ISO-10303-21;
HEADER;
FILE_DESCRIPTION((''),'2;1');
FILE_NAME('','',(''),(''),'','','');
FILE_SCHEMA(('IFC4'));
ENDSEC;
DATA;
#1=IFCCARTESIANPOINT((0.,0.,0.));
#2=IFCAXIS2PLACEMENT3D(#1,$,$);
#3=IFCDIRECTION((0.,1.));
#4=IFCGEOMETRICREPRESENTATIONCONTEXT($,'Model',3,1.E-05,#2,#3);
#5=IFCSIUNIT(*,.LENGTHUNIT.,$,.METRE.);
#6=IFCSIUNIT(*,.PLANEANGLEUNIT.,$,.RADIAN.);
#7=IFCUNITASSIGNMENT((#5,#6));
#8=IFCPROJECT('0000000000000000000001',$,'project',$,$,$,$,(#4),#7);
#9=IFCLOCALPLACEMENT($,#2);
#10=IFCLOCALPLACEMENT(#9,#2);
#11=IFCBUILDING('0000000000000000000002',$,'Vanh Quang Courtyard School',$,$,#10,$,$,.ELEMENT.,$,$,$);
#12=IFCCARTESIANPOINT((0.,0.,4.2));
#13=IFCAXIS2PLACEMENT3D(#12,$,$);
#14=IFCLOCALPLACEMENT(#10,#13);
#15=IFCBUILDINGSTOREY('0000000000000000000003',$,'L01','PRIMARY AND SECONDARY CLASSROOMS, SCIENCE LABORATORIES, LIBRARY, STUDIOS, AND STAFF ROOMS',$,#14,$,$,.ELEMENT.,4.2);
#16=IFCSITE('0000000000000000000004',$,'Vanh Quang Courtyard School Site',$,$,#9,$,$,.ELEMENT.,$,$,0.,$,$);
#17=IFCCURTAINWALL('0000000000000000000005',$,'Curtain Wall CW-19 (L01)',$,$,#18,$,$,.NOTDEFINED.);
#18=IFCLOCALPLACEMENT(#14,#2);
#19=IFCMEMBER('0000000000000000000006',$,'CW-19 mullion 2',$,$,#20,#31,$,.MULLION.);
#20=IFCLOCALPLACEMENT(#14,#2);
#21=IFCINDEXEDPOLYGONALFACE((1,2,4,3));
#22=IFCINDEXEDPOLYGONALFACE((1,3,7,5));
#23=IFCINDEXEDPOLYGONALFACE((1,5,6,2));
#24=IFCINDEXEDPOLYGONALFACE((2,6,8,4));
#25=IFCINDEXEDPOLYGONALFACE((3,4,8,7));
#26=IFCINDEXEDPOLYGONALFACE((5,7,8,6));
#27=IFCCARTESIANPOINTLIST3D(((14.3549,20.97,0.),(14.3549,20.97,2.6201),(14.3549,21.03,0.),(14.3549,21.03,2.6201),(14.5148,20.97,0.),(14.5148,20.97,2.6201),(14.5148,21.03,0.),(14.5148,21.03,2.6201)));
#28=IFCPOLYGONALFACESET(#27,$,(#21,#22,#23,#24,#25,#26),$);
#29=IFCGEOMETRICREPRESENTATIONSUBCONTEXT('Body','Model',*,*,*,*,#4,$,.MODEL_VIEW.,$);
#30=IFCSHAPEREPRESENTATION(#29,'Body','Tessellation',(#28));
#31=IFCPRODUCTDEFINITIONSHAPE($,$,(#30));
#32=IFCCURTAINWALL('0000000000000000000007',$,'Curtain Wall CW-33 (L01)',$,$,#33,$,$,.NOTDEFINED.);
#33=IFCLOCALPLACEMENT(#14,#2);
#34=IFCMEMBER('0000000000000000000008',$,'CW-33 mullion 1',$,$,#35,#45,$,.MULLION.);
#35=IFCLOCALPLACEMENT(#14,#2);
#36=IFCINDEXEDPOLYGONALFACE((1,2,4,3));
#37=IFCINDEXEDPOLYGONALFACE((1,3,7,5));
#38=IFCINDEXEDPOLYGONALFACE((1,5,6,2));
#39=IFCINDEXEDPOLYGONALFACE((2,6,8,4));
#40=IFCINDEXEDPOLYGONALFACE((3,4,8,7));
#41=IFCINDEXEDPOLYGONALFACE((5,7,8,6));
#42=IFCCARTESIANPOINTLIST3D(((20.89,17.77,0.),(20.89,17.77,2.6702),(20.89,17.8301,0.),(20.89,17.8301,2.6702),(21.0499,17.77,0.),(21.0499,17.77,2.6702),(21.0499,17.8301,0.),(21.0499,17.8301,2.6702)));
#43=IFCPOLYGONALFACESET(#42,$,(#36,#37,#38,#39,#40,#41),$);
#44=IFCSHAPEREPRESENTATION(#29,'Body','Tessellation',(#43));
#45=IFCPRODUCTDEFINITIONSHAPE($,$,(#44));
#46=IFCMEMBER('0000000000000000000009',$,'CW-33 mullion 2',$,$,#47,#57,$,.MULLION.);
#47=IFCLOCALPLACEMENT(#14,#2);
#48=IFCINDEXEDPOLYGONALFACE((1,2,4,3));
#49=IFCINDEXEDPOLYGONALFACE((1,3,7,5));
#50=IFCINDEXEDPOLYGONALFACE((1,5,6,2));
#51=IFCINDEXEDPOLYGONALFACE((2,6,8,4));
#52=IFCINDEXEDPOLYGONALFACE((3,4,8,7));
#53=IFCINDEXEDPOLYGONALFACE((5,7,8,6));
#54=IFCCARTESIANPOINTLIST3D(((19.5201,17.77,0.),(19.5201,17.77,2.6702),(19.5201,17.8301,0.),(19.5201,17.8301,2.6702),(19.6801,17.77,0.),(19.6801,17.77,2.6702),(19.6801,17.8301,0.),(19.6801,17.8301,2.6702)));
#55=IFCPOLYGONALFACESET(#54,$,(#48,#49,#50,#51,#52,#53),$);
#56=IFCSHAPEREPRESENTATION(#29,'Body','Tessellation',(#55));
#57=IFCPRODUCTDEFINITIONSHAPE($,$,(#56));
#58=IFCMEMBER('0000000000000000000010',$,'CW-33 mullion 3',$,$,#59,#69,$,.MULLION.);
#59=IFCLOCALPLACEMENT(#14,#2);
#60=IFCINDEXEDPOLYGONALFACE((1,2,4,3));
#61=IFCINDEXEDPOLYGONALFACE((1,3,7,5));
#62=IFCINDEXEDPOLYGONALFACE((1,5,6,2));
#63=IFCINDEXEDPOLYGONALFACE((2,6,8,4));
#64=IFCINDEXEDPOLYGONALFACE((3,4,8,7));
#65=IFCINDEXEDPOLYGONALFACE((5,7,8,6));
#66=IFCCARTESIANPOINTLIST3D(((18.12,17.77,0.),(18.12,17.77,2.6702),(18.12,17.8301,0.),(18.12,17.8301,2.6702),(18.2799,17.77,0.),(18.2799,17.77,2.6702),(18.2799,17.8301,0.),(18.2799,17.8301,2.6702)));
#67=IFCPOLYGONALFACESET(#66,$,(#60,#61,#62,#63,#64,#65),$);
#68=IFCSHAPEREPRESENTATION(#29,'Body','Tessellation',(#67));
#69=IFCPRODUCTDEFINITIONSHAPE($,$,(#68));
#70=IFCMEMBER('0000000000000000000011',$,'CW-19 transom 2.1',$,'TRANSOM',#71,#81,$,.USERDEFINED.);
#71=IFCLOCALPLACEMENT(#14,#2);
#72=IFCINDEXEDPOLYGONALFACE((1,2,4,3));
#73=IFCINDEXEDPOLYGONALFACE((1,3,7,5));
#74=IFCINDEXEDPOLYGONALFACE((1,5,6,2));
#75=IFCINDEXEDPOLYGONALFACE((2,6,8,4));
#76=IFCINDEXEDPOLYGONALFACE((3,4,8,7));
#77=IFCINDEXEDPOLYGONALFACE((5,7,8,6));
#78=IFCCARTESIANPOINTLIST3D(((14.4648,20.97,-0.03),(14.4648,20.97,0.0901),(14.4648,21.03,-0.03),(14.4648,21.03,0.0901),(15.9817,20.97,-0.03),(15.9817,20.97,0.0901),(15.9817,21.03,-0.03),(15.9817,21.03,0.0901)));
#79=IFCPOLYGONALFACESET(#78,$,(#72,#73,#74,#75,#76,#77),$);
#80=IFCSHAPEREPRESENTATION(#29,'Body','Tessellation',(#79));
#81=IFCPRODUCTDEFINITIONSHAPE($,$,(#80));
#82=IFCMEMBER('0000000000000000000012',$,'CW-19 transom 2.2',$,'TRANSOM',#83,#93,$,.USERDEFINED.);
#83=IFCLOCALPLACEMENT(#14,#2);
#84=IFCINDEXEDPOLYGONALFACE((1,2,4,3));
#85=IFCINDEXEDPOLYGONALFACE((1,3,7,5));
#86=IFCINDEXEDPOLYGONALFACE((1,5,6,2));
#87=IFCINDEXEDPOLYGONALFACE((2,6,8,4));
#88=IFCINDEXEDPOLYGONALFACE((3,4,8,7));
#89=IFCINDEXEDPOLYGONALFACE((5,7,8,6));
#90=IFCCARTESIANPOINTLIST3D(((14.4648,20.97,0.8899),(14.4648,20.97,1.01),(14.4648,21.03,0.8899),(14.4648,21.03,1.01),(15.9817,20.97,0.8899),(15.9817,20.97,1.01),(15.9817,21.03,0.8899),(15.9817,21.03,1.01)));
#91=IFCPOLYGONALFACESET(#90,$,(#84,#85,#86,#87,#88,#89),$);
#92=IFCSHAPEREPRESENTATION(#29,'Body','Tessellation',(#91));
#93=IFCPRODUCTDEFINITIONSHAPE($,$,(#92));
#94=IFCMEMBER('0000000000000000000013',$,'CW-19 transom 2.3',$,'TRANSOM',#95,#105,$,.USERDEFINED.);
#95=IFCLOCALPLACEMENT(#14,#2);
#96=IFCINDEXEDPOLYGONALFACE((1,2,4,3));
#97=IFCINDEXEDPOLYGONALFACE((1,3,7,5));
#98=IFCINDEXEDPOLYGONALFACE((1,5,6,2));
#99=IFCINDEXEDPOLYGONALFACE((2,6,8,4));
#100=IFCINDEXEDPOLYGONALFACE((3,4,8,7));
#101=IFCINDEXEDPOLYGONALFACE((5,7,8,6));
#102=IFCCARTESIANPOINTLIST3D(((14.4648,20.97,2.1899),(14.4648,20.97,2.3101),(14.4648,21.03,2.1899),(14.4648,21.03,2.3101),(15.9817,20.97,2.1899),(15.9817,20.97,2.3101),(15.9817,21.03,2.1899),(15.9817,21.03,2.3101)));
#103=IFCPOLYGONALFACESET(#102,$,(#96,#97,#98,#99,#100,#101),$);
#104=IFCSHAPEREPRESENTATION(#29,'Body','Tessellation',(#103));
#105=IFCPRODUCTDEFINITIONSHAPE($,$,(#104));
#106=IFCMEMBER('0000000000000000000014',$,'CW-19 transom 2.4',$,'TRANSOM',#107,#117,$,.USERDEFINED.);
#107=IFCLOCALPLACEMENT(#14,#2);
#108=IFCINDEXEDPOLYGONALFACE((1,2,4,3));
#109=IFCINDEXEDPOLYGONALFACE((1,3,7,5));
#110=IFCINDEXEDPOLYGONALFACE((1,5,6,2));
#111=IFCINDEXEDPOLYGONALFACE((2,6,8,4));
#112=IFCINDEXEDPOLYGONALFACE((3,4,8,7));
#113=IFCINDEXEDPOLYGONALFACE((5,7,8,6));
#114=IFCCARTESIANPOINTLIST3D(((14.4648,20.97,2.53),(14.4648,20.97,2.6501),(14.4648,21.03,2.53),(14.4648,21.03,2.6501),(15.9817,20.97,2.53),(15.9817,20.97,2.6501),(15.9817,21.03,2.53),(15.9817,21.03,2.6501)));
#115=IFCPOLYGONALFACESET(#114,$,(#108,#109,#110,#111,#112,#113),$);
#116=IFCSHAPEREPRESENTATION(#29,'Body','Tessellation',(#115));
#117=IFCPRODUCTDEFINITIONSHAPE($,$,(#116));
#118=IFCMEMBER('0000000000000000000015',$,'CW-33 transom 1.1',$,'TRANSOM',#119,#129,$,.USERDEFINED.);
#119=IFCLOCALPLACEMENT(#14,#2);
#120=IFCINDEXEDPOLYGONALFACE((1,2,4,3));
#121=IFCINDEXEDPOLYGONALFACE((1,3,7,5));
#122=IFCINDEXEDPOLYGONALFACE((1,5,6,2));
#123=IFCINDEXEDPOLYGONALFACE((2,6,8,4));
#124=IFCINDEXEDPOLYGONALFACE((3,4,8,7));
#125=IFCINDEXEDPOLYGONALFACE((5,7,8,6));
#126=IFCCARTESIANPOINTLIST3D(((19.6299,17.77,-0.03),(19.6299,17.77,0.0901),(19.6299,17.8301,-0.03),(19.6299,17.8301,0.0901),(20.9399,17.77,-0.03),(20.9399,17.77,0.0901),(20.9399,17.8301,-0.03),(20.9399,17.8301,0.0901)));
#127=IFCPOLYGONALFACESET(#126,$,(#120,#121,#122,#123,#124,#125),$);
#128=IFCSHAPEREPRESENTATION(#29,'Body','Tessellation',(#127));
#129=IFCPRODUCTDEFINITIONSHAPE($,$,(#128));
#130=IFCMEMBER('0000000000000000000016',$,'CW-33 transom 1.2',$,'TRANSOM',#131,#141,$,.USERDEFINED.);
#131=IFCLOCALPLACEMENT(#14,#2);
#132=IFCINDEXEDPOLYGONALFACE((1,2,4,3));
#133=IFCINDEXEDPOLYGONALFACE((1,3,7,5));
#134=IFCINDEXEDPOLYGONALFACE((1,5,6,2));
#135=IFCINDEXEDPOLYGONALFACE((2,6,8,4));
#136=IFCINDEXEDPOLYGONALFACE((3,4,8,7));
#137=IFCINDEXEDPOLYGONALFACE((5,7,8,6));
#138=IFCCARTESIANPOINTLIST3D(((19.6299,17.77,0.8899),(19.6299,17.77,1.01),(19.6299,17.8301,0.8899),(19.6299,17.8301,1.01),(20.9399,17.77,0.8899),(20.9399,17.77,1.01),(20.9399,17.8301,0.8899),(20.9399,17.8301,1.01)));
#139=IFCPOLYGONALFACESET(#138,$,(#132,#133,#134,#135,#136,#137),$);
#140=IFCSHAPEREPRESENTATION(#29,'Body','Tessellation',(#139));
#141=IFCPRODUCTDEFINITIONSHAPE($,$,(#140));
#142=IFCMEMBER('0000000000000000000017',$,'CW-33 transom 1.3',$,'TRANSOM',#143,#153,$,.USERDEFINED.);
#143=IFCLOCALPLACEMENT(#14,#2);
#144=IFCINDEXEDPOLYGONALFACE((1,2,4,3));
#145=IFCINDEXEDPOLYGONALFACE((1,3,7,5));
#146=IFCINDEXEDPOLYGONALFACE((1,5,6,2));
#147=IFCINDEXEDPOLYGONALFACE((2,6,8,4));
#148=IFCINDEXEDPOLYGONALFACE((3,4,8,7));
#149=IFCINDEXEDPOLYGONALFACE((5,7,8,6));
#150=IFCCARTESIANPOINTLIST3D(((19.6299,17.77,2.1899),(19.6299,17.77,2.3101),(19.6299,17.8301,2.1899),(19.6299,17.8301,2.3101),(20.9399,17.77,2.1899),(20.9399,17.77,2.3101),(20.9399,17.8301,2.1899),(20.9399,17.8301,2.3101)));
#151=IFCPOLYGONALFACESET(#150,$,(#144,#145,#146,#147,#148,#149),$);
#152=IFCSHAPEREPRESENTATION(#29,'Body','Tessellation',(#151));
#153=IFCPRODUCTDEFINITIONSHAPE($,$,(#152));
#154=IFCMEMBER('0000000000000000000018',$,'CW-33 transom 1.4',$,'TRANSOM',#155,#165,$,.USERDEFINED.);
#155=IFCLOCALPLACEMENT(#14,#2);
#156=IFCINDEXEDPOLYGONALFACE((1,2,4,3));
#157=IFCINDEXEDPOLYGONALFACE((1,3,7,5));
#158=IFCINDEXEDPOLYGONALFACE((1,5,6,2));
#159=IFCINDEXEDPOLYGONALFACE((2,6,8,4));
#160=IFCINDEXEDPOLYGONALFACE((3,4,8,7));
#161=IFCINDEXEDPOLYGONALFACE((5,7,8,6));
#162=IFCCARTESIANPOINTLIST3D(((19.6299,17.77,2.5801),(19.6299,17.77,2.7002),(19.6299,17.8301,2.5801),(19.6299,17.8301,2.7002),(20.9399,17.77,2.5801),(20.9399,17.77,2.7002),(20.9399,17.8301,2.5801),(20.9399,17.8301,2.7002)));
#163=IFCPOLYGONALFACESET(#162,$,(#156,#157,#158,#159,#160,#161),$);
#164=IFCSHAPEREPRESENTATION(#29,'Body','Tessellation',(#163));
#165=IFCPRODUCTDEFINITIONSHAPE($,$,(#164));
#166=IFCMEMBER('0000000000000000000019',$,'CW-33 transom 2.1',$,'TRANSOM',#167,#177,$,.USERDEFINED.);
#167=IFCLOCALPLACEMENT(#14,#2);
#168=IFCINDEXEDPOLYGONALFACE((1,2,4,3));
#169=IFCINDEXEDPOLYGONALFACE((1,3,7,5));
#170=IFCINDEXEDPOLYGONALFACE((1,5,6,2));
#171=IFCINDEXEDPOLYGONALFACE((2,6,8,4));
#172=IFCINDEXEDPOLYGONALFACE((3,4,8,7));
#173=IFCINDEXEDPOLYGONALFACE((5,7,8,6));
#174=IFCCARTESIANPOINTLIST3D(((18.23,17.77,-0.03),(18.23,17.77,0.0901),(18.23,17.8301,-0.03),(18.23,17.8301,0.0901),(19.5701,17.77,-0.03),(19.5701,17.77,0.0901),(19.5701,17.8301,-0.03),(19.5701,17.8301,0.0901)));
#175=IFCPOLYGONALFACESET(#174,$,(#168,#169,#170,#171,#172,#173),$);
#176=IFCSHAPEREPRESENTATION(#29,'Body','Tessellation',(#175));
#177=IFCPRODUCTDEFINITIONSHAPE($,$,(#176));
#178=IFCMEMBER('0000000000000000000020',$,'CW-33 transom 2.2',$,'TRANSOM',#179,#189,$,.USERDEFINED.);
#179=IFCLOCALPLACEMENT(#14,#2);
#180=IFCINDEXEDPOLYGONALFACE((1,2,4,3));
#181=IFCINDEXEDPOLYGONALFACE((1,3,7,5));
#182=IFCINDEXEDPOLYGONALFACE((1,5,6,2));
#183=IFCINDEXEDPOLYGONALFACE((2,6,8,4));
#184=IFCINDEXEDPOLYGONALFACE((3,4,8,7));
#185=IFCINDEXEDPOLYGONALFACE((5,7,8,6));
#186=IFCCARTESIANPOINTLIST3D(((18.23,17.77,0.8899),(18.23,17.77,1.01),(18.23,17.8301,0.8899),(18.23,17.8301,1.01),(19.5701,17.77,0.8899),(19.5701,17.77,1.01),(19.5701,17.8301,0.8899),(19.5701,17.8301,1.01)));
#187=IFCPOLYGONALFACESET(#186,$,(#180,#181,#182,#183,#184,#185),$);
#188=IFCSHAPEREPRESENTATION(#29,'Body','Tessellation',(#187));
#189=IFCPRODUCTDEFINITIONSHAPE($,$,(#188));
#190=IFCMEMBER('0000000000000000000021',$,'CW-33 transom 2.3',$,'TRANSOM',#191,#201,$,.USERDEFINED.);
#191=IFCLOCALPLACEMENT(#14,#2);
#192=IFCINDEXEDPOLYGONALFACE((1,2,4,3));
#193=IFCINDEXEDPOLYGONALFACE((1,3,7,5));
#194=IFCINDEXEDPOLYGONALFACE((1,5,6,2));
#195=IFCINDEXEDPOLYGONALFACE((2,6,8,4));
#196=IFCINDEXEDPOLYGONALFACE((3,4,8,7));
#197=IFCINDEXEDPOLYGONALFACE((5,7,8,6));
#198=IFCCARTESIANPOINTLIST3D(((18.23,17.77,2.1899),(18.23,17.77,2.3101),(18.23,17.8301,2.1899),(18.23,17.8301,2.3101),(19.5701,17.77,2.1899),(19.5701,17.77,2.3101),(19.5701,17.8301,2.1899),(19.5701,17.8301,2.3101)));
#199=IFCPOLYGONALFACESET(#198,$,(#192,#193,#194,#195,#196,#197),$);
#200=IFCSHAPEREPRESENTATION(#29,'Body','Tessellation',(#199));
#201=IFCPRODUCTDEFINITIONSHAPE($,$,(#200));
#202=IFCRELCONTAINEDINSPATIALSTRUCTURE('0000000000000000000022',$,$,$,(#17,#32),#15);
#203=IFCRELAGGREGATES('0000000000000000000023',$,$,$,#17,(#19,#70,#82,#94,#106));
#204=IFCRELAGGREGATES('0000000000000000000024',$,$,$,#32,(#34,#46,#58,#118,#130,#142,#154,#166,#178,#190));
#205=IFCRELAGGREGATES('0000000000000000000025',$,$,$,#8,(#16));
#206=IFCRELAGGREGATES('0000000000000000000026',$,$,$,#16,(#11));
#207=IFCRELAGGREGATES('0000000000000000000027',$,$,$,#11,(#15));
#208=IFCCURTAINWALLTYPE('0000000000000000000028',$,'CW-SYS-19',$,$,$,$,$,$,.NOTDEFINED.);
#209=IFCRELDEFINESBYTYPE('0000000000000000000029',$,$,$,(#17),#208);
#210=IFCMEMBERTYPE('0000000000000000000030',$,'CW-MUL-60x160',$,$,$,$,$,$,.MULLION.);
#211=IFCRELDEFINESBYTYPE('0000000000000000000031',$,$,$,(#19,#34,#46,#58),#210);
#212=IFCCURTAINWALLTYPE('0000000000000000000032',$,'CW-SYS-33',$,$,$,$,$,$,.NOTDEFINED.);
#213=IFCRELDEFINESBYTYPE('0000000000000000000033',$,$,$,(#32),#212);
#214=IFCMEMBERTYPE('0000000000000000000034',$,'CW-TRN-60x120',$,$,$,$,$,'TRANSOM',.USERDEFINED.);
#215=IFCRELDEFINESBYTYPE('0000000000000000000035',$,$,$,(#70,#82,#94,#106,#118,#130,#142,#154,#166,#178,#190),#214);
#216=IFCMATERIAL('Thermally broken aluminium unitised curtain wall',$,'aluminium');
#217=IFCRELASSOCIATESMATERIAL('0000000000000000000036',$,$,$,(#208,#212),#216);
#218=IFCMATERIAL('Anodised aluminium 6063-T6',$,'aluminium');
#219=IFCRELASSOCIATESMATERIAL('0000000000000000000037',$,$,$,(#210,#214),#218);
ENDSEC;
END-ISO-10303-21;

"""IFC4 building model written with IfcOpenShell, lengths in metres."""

from ifc_helpers import new_model, si_unit, direction, frame, origin, origin_2d, place, context, subcontext, project, spatial, rectangle, extrude, material, material_profile, profile_set, type_object, element, aggregate, save


model = new_model("IFC4")

# Units and contexts
model_context = context("Model", 3, precision=1e-05, world=origin(), true_north=direction((0.0, 1.0)))
body_context = subcontext(model_context, "Body", "Model", "MODEL_VIEW")
ifc_project = project(units=[si_unit("LENGTHUNIT", "METRE"), si_unit("PLANEANGLEUNIT", "RADIAN")], contexts=[model_context])

# Site, building, storey
site_placement = place(None, origin())
site = spatial("IfcSite", under=ifc_project, at=site_placement, Name="Vanh Quang Courtyard School Site", CompositionType="ELEMENT", RefElevation=0.0)
building_placement = place(site_placement, origin())
building = spatial("IfcBuilding", under=site, at=building_placement, Name="Vanh Quang Courtyard School", CompositionType="ELEMENT")
storey_placement = place(building_placement, frame((0.0, 0.0, 4.2)))
storey = spatial("IfcBuildingStorey", under=building, at=storey_placement, Name="L01", Description="PRIMARY AND SECONDARY CLASSROOMS, SCIENCE LABORATORIES, LIBRARY, STUDIOS, AND STAFF ROOMS", CompositionType="ELEMENT", Elevation=4.2)

# Curtain wall, member
ifc_material_1 = material(Name="Thermally broken aluminium unitised curtain wall", Category="aluminium")
curtain_wall_type_1 = type_object("IfcCurtainWallType", Name="CW-SYS-19", PredefinedType="NOTDEFINED", material=ifc_material_1)
curtain_wall_1_placement = place(storey_placement, origin())
curtain_wall_1 = element("IfcCurtainWall", 1, at=curtain_wall_1_placement, inside=storey, type_object=curtain_wall_type_1, Name="Curtain Wall CW-19 (L01)", PredefinedType="NOTDEFINED")
ifc_material_2 = material(Name="Anodised aluminium 6063-T6", Category="aluminium")
ifc_material_profile_1 = material_profile(ifc_material_2, rectangle(XDim=0.0601, YDim=0.1599, at=origin_2d()), Name="ALU-MUL 60x160")
ifc_profile_set_1 = profile_set([ifc_material_profile_1], Name="Anodised aluminium 6063-T6")
member_type_1 = type_object("IfcMemberType", Name="CW-MUL-60x160", PredefinedType="MULLION", material=ifc_profile_set_1)
member_1_placement = place(storey_placement, frame((14.4348, 21.0, 0.0), z_axis=(0.0, 0.0, 1.0), x_axis=(0.0, 1.0, 0.0)))
member_1 = element("IfcMember", 2, at=member_1_placement, type_object=member_type_1, Name="CW-19 mullion 2", PredefinedType="MULLION", context=body_context, shape_type="SweptSolid", body=[
    extrude(rectangle(XDim=0.0601, YDim=0.1599, at=origin_2d()), origin(), (0.0, 0.0, 1.0), 2.6201),
])

# Curtain wall, members
curtain_wall_type_2 = type_object("IfcCurtainWallType", Name="CW-SYS-33", PredefinedType="NOTDEFINED", material=ifc_material_1)
curtain_wall_2_placement = place(storey_placement, origin())
curtain_wall_2 = element("IfcCurtainWall", 3, at=curtain_wall_2_placement, inside=storey, type_object=curtain_wall_type_2, Name="Curtain Wall CW-33 (L01)", PredefinedType="NOTDEFINED")
member_2_placement = place(storey_placement, frame((20.97, 17.8, 0.0), z_axis=(0.0, 0.0, 1.0), x_axis=(0.0, -1.0, 0.0)))
member_2 = element("IfcMember", 4, at=member_2_placement, type_object=member_type_1, Name="CW-33 mullion 1", PredefinedType="MULLION", context=body_context, shape_type="SweptSolid", body=[
    extrude(rectangle(XDim=0.0601, YDim=0.1599, at=origin_2d()), origin(), (0.0, 0.0, 1.0), 2.6702),
])
member_3_placement = place(storey_placement, frame((19.6001, 17.8, 0.0), z_axis=(0.0, 0.0, 1.0), x_axis=(0.0, -1.0, 0.0)))
member_3 = element("IfcMember", 5, at=member_3_placement, type_object=member_type_1, Name="CW-33 mullion 2", PredefinedType="MULLION", context=body_context, shape_type="SweptSolid", body=[
    extrude(rectangle(XDim=0.0601, YDim=0.1599, at=origin_2d()), origin(), (0.0, 0.0, 1.0), 2.6702),
])
member_4_placement = place(storey_placement, frame((18.2, 17.8, 0.0), z_axis=(0.0, 0.0, 1.0), x_axis=(0.0, -1.0, 0.0)))
member_4 = element("IfcMember", 6, at=member_4_placement, type_object=member_type_1, Name="CW-33 mullion 3", PredefinedType="MULLION", context=body_context, shape_type="SweptSolid", body=[
    extrude(rectangle(XDim=0.0601, YDim=0.1599, at=origin_2d()), origin(), (0.0, 0.0, 1.0), 2.6702),
])

# Members
ifc_material_profile_2 = material_profile(ifc_material_2, rectangle(XDim=0.0601, YDim=0.1201, at=origin_2d()), Name="ALU-TRN 60x120")
ifc_profile_set_2 = profile_set([ifc_material_profile_2], Name="Anodised aluminium 6063-T6")
member_type_2 = type_object("IfcMemberType", Name="CW-TRN-60x120", ElementType="TRANSOM", PredefinedType="USERDEFINED", material=ifc_profile_set_2)
member_5_placement = place(storey_placement, frame((14.4648, 21.0, 0.03), z_axis=(1.0, 0.0, 0.0), x_axis=(0.0, 1.0, 0.0)))
member_5 = element("IfcMember", 7, at=member_5_placement, type_object=member_type_2, Name="CW-19 transom 2.1", ObjectType="TRANSOM", PredefinedType="USERDEFINED", context=body_context, shape_type="SweptSolid", body=[
    extrude(rectangle(XDim=0.0601, YDim=0.1201, at=origin_2d()), origin(), (0.0, 0.0, 1.0), 1.5168),
])
member_6_placement = place(storey_placement, frame((14.4648, 21.0, 0.95), z_axis=(1.0, 0.0, 0.0), x_axis=(0.0, 1.0, 0.0)))
member_6 = element("IfcMember", 8, at=member_6_placement, type_object=member_type_2, Name="CW-19 transom 2.2", ObjectType="TRANSOM", PredefinedType="USERDEFINED", context=body_context, shape_type="SweptSolid", body=[
    extrude(rectangle(XDim=0.0601, YDim=0.1201, at=origin_2d()), origin(), (0.0, 0.0, 1.0), 1.5168),
])
member_7_placement = place(storey_placement, frame((14.4648, 21.0, 2.25), z_axis=(1.0, 0.0, 0.0), x_axis=(0.0, 1.0, 0.0)))
member_7 = element("IfcMember", 9, at=member_7_placement, type_object=member_type_2, Name="CW-19 transom 2.3", ObjectType="TRANSOM", PredefinedType="USERDEFINED", context=body_context, shape_type="SweptSolid", body=[
    extrude(rectangle(XDim=0.0601, YDim=0.1201, at=origin_2d()), origin(), (0.0, 0.0, 1.0), 1.5168),
])
member_8_placement = place(storey_placement, frame((14.4648, 21.0, 2.5901), z_axis=(1.0, 0.0, 0.0), x_axis=(0.0, 1.0, 0.0)))
member_8 = element("IfcMember", 10, at=member_8_placement, type_object=member_type_2, Name="CW-19 transom 2.4", ObjectType="TRANSOM", PredefinedType="USERDEFINED", context=body_context, shape_type="SweptSolid", body=[
    extrude(rectangle(XDim=0.0601, YDim=0.1201, at=origin_2d()), origin(), (0.0, 0.0, 1.0), 1.5168),
])
member_9_placement = place(storey_placement, frame((20.9399, 17.8, 0.03), z_axis=(-1.0, 0.0, 0.0), x_axis=(0.0, -1.0, 0.0)))
member_9 = element("IfcMember", 11, at=member_9_placement, type_object=member_type_2, Name="CW-33 transom 1.1", ObjectType="TRANSOM", PredefinedType="USERDEFINED", context=body_context, shape_type="SweptSolid", body=[
    extrude(rectangle(XDim=0.0601, YDim=0.1201, at=origin_2d()), origin(), (0.0, 0.0, 1.0), 1.3101),
])
member_10_placement = place(storey_placement, frame((20.9399, 17.8, 0.95), z_axis=(-1.0, 0.0, 0.0), x_axis=(0.0, -1.0, 0.0)))
member_10 = element("IfcMember", 12, at=member_10_placement, type_object=member_type_2, Name="CW-33 transom 1.2", ObjectType="TRANSOM", PredefinedType="USERDEFINED", context=body_context, shape_type="SweptSolid", body=[
    extrude(rectangle(XDim=0.0601, YDim=0.1201, at=origin_2d()), origin(), (0.0, 0.0, 1.0), 1.3101),
])
member_11_placement = place(storey_placement, frame((20.9399, 17.8, 2.25), z_axis=(-1.0, 0.0, 0.0), x_axis=(0.0, -1.0, 0.0)))
member_11 = element("IfcMember", 13, at=member_11_placement, type_object=member_type_2, Name="CW-33 transom 1.3", ObjectType="TRANSOM", PredefinedType="USERDEFINED", context=body_context, shape_type="SweptSolid", body=[
    extrude(rectangle(XDim=0.0601, YDim=0.1201, at=origin_2d()), origin(), (0.0, 0.0, 1.0), 1.3101),
])
member_12_placement = place(storey_placement, frame((20.9399, 17.8, 2.6401), z_axis=(-1.0, 0.0, 0.0), x_axis=(0.0, -1.0, 0.0)))
member_12 = element("IfcMember", 14, at=member_12_placement, type_object=member_type_2, Name="CW-33 transom 1.4", ObjectType="TRANSOM", PredefinedType="USERDEFINED", context=body_context, shape_type="SweptSolid", body=[
    extrude(rectangle(XDim=0.0601, YDim=0.1201, at=origin_2d()), origin(), (0.0, 0.0, 1.0), 1.3101),
])
member_13_placement = place(storey_placement, frame((19.5701, 17.8, 0.03), z_axis=(-1.0, 0.0, 0.0), x_axis=(0.0, -1.0, 0.0)))
member_13 = element("IfcMember", 15, at=member_13_placement, type_object=member_type_2, Name="CW-33 transom 2.1", ObjectType="TRANSOM", PredefinedType="USERDEFINED", context=body_context, shape_type="SweptSolid", body=[
    extrude(rectangle(XDim=0.0601, YDim=0.1201, at=origin_2d()), origin(), (0.0, 0.0, 1.0), 1.3401),
])
member_14_placement = place(storey_placement, frame((19.5701, 17.8, 0.95), z_axis=(-1.0, 0.0, 0.0), x_axis=(0.0, -1.0, 0.0)))
member_14 = element("IfcMember", 16, at=member_14_placement, type_object=member_type_2, Name="CW-33 transom 2.2", ObjectType="TRANSOM", PredefinedType="USERDEFINED", context=body_context, shape_type="SweptSolid", body=[
    extrude(rectangle(XDim=0.0601, YDim=0.1201, at=origin_2d()), origin(), (0.0, 0.0, 1.0), 1.3401),
])
member_15_placement = place(storey_placement, frame((19.5701, 17.8, 2.25), z_axis=(-1.0, 0.0, 0.0), x_axis=(0.0, -1.0, 0.0)))
member_15 = element("IfcMember", 17, at=member_15_placement, type_object=member_type_2, Name="CW-33 transom 2.3", ObjectType="TRANSOM", PredefinedType="USERDEFINED", context=body_context, shape_type="SweptSolid", body=[
    extrude(rectangle(XDim=0.0601, YDim=0.1201, at=origin_2d()), origin(), (0.0, 0.0, 1.0), 1.3401),
])

aggregate(curtain_wall_1, [member_1, member_5, member_6, member_7, member_8])
aggregate(curtain_wall_2, [member_2, member_3, member_4, member_9, member_10, member_11, member_12, member_13, member_14, member_15])

save(model, "model.ifc")
